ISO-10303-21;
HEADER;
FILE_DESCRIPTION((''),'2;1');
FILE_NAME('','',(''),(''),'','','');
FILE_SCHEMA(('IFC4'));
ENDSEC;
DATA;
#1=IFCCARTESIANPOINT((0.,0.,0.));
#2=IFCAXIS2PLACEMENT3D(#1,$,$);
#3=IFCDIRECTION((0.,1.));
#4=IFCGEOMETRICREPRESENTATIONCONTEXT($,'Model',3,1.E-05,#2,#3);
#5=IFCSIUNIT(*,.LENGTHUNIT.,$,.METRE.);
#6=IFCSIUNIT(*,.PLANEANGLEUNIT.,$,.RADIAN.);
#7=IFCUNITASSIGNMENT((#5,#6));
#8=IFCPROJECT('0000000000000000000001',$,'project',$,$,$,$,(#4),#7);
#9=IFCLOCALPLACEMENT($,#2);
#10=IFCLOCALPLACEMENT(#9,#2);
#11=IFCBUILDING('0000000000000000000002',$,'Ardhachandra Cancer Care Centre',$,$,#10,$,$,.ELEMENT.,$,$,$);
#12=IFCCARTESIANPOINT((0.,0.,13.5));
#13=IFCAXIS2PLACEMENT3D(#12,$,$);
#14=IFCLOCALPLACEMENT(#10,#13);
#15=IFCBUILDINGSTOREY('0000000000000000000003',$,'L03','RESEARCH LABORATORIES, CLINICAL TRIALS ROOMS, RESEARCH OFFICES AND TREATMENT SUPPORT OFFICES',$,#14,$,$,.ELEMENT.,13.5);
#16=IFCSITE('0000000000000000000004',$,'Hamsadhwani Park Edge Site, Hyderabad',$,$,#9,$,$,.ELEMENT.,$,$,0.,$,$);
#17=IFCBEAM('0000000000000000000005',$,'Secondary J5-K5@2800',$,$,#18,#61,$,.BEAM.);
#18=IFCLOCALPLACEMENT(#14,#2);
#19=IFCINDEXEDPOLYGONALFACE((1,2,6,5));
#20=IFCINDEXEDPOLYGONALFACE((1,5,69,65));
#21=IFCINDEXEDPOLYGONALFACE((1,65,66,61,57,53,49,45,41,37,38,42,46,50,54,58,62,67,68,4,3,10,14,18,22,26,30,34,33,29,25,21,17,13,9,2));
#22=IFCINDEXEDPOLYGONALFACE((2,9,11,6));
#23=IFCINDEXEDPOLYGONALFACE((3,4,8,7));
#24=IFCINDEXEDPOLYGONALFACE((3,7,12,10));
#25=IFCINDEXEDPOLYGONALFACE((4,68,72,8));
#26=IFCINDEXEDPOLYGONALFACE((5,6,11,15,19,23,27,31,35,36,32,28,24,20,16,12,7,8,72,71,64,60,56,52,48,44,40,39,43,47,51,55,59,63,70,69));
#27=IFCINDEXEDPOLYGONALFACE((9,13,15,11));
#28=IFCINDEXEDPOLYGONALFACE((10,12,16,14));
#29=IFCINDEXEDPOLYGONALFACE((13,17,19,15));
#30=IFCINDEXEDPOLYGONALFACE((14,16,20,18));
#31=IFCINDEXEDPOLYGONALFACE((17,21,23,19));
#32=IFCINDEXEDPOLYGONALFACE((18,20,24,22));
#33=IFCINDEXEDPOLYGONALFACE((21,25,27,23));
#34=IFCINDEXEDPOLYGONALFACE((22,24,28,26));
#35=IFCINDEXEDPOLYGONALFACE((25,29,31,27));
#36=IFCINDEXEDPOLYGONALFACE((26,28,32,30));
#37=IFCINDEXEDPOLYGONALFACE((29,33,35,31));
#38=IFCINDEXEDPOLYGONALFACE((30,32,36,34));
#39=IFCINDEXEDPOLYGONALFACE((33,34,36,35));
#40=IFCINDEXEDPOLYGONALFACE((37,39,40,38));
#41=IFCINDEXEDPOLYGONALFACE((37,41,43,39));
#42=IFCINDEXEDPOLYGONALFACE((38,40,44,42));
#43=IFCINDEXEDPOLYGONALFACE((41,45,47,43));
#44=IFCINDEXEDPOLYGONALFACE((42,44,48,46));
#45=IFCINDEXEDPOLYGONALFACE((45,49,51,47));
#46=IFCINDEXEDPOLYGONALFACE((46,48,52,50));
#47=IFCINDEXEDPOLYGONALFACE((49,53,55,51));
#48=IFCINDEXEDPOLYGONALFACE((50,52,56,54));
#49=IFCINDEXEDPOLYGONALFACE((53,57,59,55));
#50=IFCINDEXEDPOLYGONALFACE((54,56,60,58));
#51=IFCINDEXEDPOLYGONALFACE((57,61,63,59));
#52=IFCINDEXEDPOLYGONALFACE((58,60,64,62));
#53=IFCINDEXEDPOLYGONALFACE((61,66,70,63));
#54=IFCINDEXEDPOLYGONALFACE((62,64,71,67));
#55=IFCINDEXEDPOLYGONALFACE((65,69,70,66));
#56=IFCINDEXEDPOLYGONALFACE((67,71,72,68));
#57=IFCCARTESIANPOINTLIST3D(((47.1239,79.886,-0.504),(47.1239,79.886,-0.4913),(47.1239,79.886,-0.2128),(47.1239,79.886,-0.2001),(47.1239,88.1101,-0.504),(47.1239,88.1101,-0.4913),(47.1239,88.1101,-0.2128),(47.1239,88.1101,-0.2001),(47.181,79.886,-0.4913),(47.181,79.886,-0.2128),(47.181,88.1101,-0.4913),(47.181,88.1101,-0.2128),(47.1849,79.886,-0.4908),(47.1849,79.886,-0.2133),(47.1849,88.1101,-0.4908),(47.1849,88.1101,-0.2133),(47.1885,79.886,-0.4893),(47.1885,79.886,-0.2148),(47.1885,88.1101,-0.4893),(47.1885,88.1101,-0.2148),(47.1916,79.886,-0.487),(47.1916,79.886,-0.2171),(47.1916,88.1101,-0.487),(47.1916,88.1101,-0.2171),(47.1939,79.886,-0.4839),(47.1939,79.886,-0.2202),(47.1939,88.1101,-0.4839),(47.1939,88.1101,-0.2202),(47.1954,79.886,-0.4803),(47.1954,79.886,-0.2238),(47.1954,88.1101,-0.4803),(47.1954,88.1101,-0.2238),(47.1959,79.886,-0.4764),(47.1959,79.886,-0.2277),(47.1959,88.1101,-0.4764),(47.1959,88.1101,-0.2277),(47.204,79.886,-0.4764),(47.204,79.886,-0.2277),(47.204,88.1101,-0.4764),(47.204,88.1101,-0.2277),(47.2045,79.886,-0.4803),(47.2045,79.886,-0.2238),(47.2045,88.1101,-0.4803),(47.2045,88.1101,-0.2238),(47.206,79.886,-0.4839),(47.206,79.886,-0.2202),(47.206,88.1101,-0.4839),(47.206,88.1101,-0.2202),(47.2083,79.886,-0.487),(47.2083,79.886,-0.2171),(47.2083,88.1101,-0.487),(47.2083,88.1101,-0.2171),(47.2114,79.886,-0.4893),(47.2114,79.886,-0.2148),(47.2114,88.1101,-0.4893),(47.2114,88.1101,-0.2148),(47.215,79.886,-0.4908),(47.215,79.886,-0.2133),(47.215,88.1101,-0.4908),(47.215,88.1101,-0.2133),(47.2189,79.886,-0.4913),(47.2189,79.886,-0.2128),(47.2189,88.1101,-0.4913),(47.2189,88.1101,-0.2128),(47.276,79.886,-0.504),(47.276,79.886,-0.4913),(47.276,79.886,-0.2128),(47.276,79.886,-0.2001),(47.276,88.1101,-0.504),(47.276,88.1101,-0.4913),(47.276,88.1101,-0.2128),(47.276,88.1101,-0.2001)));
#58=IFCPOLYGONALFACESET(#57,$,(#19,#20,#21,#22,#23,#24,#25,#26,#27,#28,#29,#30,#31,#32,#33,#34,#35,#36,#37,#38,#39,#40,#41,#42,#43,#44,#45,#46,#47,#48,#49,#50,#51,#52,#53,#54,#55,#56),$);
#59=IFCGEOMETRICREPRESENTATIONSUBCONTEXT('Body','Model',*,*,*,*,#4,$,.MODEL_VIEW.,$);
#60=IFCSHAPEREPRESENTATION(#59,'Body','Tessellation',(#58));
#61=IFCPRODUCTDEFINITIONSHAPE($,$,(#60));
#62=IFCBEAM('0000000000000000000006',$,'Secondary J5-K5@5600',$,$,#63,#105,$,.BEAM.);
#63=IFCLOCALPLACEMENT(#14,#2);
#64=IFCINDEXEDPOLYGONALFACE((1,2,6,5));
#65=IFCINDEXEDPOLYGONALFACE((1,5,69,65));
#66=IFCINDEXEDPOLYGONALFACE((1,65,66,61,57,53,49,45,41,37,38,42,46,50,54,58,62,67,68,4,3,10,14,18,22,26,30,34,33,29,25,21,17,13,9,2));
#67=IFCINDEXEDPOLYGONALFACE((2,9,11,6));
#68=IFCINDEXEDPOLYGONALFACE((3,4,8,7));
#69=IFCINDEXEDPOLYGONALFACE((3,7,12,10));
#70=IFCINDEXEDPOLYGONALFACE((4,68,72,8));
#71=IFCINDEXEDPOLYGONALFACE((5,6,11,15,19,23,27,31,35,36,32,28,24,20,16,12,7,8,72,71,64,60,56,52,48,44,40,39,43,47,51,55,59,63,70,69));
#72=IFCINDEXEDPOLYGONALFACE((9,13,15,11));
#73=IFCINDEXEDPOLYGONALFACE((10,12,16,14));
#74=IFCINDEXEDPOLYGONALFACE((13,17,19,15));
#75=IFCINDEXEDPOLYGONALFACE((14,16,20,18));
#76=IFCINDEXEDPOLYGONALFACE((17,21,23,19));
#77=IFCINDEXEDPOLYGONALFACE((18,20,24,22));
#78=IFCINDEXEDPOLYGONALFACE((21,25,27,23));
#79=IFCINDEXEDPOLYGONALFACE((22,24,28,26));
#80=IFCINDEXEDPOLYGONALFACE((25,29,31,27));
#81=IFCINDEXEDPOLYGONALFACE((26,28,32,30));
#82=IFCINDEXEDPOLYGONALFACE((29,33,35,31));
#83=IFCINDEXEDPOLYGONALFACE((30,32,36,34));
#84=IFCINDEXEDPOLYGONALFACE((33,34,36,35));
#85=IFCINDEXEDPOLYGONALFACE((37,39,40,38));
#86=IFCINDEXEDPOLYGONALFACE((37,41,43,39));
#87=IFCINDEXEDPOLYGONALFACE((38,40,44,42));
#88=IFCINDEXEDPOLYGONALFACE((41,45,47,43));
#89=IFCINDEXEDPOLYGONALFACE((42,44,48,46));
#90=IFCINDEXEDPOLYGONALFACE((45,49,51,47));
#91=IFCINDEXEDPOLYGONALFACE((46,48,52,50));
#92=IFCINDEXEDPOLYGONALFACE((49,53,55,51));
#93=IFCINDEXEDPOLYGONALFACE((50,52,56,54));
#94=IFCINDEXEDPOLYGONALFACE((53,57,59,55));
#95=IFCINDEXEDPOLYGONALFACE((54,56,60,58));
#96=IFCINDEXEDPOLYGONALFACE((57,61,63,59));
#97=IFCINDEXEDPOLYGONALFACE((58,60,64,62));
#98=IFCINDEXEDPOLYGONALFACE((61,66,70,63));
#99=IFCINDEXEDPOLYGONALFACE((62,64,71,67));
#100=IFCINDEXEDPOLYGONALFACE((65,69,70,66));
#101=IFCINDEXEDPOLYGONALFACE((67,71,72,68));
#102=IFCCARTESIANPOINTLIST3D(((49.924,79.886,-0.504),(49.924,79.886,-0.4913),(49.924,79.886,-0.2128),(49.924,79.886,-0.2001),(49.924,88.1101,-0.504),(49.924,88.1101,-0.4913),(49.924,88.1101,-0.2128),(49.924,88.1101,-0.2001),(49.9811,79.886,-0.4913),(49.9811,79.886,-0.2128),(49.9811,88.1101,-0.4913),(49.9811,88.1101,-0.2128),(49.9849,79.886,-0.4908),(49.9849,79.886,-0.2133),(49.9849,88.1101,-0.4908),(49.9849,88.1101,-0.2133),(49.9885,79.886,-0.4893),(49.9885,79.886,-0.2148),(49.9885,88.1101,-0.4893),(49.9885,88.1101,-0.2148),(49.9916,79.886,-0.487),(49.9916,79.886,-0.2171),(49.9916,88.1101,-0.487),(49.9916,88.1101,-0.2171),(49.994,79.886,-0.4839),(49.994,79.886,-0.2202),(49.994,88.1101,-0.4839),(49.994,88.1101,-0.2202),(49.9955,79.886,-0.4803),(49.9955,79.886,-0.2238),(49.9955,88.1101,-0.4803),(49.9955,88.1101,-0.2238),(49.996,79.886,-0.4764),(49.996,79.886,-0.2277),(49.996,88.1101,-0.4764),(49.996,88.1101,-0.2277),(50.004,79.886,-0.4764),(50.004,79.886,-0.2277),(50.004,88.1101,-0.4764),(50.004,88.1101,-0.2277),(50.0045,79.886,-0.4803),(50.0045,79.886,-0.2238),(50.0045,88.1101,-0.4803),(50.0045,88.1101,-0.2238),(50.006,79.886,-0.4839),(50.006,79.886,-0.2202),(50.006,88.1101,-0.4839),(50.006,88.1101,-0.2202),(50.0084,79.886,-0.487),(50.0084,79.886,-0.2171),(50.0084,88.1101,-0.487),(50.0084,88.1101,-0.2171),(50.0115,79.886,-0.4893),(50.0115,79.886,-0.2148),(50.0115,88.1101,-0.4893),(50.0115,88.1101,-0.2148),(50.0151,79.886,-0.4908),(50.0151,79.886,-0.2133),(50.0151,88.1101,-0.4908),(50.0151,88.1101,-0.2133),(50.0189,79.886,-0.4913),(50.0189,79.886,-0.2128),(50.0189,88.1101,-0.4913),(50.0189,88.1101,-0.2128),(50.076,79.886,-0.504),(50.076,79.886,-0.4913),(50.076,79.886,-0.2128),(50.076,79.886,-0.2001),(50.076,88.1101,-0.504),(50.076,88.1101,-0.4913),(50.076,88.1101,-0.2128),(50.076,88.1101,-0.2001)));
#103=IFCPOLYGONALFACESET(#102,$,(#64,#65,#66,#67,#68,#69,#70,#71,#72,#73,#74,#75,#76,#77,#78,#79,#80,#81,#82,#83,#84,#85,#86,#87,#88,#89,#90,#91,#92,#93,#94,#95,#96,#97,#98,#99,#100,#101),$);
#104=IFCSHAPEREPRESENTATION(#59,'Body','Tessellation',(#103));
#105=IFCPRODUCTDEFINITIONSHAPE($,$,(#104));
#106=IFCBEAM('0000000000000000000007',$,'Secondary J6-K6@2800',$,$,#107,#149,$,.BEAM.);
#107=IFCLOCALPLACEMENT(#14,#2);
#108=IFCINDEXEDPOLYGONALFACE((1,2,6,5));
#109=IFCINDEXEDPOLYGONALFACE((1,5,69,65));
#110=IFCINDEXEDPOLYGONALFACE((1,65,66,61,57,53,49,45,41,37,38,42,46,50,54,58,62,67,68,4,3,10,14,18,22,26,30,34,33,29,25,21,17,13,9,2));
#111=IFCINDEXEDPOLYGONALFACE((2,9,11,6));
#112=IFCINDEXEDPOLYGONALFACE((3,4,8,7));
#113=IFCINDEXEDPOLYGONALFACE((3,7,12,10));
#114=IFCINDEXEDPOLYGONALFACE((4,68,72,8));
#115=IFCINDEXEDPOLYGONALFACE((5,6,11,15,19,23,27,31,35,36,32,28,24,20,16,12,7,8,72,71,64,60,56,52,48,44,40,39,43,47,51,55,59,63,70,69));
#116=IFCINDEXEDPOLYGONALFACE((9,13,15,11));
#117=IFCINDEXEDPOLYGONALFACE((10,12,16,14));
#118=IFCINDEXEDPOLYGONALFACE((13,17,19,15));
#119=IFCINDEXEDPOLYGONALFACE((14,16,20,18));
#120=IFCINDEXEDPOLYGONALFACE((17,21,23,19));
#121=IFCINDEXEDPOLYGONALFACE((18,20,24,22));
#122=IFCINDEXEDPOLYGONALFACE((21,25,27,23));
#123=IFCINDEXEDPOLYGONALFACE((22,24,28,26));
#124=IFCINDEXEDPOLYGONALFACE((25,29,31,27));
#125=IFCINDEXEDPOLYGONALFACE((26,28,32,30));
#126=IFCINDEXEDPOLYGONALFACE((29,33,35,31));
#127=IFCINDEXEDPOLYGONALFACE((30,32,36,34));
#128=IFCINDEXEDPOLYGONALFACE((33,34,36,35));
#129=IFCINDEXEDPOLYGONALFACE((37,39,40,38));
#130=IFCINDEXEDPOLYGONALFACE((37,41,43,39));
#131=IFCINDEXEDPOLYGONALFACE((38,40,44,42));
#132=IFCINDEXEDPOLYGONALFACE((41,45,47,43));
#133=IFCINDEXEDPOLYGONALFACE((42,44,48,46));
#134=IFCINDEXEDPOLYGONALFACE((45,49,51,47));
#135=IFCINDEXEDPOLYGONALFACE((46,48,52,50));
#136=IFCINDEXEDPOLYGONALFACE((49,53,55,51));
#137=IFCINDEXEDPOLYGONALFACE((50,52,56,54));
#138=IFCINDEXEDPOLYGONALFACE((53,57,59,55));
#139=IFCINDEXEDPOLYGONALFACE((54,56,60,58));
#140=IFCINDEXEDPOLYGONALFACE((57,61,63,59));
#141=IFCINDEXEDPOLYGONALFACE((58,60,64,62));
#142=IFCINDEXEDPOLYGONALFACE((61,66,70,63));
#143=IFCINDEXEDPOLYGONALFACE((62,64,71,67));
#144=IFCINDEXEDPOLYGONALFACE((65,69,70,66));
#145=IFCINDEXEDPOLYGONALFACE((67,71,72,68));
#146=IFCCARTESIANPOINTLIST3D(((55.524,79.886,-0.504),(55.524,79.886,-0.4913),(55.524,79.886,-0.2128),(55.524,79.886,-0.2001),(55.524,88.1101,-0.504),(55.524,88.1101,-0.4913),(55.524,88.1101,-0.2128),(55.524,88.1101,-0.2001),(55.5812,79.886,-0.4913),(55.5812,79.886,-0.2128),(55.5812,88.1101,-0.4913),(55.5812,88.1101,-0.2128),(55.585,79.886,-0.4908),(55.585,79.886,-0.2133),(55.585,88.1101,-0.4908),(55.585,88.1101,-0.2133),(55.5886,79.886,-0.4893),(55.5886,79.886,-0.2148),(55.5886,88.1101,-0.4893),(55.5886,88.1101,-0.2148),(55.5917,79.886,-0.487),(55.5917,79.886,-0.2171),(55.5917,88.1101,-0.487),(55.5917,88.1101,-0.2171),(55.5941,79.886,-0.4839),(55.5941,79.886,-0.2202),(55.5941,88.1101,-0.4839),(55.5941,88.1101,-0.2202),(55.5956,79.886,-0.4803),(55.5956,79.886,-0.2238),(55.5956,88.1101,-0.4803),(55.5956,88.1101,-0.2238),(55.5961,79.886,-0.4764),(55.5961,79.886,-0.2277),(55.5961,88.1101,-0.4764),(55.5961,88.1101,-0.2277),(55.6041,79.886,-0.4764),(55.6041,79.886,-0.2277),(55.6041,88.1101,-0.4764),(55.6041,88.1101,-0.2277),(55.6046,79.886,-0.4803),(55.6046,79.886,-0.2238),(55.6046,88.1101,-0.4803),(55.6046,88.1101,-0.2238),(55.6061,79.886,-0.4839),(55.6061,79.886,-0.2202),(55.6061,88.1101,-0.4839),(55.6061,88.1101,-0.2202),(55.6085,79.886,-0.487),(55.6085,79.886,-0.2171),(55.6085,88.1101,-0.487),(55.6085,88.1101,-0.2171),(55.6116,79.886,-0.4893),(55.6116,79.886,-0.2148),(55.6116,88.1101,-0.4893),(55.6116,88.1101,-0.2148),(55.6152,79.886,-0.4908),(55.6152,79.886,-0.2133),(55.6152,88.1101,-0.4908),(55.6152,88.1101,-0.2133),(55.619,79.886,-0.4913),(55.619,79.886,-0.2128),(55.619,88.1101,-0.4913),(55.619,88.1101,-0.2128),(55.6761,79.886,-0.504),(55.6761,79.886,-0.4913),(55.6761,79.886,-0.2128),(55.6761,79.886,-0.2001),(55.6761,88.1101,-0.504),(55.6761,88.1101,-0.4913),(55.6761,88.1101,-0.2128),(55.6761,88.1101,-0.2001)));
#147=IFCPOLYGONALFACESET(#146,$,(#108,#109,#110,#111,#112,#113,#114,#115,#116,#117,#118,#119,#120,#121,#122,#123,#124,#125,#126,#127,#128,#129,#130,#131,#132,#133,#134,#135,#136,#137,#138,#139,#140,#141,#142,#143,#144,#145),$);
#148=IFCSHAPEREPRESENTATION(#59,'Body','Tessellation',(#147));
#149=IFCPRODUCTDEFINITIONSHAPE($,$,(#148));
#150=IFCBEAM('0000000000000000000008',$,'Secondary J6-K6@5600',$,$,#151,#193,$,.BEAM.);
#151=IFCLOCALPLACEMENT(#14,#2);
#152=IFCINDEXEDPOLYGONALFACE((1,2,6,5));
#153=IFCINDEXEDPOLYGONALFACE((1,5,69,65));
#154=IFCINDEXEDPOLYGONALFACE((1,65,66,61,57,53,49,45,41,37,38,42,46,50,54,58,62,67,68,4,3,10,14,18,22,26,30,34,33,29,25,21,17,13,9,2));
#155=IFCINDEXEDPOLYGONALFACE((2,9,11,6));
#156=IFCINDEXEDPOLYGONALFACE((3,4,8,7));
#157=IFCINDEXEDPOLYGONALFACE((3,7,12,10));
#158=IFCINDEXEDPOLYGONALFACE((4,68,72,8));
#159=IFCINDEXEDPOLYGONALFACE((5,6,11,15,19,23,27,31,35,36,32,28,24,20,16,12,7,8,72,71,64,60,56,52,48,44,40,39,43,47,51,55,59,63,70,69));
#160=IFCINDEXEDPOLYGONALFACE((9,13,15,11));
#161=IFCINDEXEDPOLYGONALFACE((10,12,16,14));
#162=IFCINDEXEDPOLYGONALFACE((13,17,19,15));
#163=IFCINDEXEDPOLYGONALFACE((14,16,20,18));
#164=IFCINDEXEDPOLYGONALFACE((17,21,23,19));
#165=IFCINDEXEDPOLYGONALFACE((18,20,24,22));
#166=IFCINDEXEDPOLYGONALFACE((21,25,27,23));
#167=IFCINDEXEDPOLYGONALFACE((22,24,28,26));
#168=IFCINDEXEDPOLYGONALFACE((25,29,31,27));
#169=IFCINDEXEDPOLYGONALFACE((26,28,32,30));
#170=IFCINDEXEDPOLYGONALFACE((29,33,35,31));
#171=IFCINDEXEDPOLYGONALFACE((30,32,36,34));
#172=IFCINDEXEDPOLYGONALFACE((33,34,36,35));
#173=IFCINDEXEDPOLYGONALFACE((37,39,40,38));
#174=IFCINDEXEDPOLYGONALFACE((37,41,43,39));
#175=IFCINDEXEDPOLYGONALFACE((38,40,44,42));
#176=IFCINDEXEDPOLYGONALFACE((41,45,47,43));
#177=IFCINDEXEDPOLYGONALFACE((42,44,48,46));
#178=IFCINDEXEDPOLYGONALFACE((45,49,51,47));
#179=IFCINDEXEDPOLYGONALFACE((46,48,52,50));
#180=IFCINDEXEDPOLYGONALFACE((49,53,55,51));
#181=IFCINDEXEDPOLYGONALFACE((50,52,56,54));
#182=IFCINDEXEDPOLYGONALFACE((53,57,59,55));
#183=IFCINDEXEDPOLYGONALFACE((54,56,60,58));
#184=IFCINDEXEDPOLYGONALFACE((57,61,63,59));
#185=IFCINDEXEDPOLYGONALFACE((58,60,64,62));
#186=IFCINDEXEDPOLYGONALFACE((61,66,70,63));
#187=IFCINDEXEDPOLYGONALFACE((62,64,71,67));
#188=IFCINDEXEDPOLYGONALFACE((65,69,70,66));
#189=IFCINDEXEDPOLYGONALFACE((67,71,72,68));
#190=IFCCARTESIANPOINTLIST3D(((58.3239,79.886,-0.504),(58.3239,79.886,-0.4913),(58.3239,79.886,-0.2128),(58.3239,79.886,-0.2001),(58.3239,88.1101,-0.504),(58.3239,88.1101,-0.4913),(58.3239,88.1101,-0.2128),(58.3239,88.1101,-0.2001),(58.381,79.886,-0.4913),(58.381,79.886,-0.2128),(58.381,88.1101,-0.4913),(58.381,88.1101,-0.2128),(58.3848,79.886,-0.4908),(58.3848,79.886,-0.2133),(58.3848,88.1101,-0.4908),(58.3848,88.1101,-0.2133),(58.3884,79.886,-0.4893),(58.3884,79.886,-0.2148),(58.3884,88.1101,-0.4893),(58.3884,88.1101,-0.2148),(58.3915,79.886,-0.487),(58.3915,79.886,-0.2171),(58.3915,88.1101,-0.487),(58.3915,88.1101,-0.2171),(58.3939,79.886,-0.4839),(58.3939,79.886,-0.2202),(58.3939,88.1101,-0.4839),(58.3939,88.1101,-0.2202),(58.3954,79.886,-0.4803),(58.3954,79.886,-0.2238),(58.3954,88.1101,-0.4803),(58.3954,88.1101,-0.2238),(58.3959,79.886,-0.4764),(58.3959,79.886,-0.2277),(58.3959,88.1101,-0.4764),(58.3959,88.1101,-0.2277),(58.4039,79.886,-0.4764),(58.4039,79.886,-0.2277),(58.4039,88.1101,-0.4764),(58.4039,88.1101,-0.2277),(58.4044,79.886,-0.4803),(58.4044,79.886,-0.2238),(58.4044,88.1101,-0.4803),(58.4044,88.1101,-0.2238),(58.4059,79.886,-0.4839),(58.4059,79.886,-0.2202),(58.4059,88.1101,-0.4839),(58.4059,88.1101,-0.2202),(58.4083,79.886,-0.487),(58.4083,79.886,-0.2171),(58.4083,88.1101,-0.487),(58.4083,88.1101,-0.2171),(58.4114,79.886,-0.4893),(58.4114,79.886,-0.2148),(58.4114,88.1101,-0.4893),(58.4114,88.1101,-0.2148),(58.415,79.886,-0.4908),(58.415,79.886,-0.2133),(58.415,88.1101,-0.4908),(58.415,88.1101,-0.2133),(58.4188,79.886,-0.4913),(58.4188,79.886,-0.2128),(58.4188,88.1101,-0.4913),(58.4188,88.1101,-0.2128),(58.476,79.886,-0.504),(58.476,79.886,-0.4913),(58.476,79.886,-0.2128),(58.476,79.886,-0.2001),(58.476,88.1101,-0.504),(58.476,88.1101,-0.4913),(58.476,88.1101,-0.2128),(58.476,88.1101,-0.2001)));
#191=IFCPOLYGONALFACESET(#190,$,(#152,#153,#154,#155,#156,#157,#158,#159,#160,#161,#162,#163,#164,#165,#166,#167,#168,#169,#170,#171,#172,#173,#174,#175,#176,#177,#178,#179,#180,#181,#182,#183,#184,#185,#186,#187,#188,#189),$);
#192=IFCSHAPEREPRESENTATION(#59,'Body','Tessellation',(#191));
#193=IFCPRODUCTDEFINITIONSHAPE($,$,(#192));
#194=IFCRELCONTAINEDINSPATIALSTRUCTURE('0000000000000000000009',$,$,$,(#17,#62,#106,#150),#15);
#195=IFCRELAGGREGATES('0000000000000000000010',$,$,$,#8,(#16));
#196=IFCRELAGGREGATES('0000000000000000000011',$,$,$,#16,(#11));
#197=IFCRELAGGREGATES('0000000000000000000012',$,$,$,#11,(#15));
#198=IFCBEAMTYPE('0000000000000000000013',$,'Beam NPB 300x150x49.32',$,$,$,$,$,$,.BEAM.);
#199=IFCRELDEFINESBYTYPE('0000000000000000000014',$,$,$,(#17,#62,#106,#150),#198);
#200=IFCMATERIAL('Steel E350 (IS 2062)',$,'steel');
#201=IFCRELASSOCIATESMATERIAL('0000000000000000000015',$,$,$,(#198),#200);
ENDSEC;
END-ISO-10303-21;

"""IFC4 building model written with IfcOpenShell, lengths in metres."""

from ifc_helpers import new_model, si_unit, direction, frame, origin, origin_2d, place, context, subcontext, project, spatial, i_section, extrude, material, material_profile, profile_set, type_object, element, save


model = new_model("IFC4")

# Units and contexts
model_context = context("Model", 3, precision=1e-05, world=origin(), true_north=direction((0.0, 1.0)))
body_context = subcontext(model_context, "Body", "Model", "MODEL_VIEW")
ifc_project = project(units=[si_unit("LENGTHUNIT", "METRE"), si_unit("PLANEANGLEUNIT", "RADIAN")], contexts=[model_context])

# Site, building, storey
site_placement = place(None, origin())
site = spatial("IfcSite", under=ifc_project, at=site_placement, Name="Hamsadhwani Park Edge Site, Hyderabad", CompositionType="ELEMENT", RefElevation=0.0)
building_placement = place(site_placement, origin())
building = spatial("IfcBuilding", under=site, at=building_placement, Name="Ardhachandra Cancer Care Centre", CompositionType="ELEMENT")
storey_placement = place(building_placement, frame((0.0, 0.0, 13.5)))
storey = spatial("IfcBuildingStorey", under=building, at=storey_placement, Name="L03", Description="RESEARCH LABORATORIES, CLINICAL TRIALS ROOMS, RESEARCH OFFICES AND TREATMENT SUPPORT OFFICES", CompositionType="ELEMENT", Elevation=13.5)

# Beams
ifc_material_1 = material(Name="Steel E350 (IS 2062)", Category="steel")
ifc_material_profile_1 = material_profile(ifc_material_1, i_section(OverallWidth=0.1521, OverallDepth=0.304, WebThickness=0.0081, FlangeThickness=0.0127, FilletRadius=0.0149, at=origin_2d()), Name="NPB 300x150x49.32")
ifc_profile_set_1 = profile_set([ifc_material_profile_1], Name="Steel E350 (IS 2062)")
beam_type_1 = type_object("IfcBeamType", Name="Beam NPB 300x150x49.32", PredefinedType="BEAM", material=ifc_profile_set_1)
for number, where, z_axis, x_axis, name in (
    (1, (47.2, 79.886, -0.3521), (0.0, 1.0, 0.0), (-1.0, 0.0, 0.0), "Secondary J5-K5@2800"),
    (2, (50.0, 79.886, -0.3521), (0.0, 1.0, 0.0), (-1.0, 0.0, 0.0), "Secondary J5-K5@5600"),
    (3, (55.6001, 79.886, -0.3521), (0.0, 1.0, 0.0), (-1.0, 0.0, 0.0), "Secondary J6-K6@2800"),
    (4, (58.3999, 79.886, -0.3521), (0.0, 1.0, 0.0), (-1.0, 0.0, 0.0), "Secondary J6-K6@5600"),
):
    element("IfcBeam", number, at=place(storey_placement, frame(where, z_axis=z_axis, x_axis=x_axis)), inside=storey, type_object=beam_type_1, Name=name, PredefinedType="BEAM", context=body_context, shape_type="SweptSolid", body=[
        extrude(i_section(OverallWidth=0.1521, OverallDepth=0.304, WebThickness=0.0081, FlangeThickness=0.0127, FilletRadius=0.0149, at=origin_2d()), origin(), (0.0, 0.0, 1.0), 8.2241),
    ])

save(model, "model.ifc")
